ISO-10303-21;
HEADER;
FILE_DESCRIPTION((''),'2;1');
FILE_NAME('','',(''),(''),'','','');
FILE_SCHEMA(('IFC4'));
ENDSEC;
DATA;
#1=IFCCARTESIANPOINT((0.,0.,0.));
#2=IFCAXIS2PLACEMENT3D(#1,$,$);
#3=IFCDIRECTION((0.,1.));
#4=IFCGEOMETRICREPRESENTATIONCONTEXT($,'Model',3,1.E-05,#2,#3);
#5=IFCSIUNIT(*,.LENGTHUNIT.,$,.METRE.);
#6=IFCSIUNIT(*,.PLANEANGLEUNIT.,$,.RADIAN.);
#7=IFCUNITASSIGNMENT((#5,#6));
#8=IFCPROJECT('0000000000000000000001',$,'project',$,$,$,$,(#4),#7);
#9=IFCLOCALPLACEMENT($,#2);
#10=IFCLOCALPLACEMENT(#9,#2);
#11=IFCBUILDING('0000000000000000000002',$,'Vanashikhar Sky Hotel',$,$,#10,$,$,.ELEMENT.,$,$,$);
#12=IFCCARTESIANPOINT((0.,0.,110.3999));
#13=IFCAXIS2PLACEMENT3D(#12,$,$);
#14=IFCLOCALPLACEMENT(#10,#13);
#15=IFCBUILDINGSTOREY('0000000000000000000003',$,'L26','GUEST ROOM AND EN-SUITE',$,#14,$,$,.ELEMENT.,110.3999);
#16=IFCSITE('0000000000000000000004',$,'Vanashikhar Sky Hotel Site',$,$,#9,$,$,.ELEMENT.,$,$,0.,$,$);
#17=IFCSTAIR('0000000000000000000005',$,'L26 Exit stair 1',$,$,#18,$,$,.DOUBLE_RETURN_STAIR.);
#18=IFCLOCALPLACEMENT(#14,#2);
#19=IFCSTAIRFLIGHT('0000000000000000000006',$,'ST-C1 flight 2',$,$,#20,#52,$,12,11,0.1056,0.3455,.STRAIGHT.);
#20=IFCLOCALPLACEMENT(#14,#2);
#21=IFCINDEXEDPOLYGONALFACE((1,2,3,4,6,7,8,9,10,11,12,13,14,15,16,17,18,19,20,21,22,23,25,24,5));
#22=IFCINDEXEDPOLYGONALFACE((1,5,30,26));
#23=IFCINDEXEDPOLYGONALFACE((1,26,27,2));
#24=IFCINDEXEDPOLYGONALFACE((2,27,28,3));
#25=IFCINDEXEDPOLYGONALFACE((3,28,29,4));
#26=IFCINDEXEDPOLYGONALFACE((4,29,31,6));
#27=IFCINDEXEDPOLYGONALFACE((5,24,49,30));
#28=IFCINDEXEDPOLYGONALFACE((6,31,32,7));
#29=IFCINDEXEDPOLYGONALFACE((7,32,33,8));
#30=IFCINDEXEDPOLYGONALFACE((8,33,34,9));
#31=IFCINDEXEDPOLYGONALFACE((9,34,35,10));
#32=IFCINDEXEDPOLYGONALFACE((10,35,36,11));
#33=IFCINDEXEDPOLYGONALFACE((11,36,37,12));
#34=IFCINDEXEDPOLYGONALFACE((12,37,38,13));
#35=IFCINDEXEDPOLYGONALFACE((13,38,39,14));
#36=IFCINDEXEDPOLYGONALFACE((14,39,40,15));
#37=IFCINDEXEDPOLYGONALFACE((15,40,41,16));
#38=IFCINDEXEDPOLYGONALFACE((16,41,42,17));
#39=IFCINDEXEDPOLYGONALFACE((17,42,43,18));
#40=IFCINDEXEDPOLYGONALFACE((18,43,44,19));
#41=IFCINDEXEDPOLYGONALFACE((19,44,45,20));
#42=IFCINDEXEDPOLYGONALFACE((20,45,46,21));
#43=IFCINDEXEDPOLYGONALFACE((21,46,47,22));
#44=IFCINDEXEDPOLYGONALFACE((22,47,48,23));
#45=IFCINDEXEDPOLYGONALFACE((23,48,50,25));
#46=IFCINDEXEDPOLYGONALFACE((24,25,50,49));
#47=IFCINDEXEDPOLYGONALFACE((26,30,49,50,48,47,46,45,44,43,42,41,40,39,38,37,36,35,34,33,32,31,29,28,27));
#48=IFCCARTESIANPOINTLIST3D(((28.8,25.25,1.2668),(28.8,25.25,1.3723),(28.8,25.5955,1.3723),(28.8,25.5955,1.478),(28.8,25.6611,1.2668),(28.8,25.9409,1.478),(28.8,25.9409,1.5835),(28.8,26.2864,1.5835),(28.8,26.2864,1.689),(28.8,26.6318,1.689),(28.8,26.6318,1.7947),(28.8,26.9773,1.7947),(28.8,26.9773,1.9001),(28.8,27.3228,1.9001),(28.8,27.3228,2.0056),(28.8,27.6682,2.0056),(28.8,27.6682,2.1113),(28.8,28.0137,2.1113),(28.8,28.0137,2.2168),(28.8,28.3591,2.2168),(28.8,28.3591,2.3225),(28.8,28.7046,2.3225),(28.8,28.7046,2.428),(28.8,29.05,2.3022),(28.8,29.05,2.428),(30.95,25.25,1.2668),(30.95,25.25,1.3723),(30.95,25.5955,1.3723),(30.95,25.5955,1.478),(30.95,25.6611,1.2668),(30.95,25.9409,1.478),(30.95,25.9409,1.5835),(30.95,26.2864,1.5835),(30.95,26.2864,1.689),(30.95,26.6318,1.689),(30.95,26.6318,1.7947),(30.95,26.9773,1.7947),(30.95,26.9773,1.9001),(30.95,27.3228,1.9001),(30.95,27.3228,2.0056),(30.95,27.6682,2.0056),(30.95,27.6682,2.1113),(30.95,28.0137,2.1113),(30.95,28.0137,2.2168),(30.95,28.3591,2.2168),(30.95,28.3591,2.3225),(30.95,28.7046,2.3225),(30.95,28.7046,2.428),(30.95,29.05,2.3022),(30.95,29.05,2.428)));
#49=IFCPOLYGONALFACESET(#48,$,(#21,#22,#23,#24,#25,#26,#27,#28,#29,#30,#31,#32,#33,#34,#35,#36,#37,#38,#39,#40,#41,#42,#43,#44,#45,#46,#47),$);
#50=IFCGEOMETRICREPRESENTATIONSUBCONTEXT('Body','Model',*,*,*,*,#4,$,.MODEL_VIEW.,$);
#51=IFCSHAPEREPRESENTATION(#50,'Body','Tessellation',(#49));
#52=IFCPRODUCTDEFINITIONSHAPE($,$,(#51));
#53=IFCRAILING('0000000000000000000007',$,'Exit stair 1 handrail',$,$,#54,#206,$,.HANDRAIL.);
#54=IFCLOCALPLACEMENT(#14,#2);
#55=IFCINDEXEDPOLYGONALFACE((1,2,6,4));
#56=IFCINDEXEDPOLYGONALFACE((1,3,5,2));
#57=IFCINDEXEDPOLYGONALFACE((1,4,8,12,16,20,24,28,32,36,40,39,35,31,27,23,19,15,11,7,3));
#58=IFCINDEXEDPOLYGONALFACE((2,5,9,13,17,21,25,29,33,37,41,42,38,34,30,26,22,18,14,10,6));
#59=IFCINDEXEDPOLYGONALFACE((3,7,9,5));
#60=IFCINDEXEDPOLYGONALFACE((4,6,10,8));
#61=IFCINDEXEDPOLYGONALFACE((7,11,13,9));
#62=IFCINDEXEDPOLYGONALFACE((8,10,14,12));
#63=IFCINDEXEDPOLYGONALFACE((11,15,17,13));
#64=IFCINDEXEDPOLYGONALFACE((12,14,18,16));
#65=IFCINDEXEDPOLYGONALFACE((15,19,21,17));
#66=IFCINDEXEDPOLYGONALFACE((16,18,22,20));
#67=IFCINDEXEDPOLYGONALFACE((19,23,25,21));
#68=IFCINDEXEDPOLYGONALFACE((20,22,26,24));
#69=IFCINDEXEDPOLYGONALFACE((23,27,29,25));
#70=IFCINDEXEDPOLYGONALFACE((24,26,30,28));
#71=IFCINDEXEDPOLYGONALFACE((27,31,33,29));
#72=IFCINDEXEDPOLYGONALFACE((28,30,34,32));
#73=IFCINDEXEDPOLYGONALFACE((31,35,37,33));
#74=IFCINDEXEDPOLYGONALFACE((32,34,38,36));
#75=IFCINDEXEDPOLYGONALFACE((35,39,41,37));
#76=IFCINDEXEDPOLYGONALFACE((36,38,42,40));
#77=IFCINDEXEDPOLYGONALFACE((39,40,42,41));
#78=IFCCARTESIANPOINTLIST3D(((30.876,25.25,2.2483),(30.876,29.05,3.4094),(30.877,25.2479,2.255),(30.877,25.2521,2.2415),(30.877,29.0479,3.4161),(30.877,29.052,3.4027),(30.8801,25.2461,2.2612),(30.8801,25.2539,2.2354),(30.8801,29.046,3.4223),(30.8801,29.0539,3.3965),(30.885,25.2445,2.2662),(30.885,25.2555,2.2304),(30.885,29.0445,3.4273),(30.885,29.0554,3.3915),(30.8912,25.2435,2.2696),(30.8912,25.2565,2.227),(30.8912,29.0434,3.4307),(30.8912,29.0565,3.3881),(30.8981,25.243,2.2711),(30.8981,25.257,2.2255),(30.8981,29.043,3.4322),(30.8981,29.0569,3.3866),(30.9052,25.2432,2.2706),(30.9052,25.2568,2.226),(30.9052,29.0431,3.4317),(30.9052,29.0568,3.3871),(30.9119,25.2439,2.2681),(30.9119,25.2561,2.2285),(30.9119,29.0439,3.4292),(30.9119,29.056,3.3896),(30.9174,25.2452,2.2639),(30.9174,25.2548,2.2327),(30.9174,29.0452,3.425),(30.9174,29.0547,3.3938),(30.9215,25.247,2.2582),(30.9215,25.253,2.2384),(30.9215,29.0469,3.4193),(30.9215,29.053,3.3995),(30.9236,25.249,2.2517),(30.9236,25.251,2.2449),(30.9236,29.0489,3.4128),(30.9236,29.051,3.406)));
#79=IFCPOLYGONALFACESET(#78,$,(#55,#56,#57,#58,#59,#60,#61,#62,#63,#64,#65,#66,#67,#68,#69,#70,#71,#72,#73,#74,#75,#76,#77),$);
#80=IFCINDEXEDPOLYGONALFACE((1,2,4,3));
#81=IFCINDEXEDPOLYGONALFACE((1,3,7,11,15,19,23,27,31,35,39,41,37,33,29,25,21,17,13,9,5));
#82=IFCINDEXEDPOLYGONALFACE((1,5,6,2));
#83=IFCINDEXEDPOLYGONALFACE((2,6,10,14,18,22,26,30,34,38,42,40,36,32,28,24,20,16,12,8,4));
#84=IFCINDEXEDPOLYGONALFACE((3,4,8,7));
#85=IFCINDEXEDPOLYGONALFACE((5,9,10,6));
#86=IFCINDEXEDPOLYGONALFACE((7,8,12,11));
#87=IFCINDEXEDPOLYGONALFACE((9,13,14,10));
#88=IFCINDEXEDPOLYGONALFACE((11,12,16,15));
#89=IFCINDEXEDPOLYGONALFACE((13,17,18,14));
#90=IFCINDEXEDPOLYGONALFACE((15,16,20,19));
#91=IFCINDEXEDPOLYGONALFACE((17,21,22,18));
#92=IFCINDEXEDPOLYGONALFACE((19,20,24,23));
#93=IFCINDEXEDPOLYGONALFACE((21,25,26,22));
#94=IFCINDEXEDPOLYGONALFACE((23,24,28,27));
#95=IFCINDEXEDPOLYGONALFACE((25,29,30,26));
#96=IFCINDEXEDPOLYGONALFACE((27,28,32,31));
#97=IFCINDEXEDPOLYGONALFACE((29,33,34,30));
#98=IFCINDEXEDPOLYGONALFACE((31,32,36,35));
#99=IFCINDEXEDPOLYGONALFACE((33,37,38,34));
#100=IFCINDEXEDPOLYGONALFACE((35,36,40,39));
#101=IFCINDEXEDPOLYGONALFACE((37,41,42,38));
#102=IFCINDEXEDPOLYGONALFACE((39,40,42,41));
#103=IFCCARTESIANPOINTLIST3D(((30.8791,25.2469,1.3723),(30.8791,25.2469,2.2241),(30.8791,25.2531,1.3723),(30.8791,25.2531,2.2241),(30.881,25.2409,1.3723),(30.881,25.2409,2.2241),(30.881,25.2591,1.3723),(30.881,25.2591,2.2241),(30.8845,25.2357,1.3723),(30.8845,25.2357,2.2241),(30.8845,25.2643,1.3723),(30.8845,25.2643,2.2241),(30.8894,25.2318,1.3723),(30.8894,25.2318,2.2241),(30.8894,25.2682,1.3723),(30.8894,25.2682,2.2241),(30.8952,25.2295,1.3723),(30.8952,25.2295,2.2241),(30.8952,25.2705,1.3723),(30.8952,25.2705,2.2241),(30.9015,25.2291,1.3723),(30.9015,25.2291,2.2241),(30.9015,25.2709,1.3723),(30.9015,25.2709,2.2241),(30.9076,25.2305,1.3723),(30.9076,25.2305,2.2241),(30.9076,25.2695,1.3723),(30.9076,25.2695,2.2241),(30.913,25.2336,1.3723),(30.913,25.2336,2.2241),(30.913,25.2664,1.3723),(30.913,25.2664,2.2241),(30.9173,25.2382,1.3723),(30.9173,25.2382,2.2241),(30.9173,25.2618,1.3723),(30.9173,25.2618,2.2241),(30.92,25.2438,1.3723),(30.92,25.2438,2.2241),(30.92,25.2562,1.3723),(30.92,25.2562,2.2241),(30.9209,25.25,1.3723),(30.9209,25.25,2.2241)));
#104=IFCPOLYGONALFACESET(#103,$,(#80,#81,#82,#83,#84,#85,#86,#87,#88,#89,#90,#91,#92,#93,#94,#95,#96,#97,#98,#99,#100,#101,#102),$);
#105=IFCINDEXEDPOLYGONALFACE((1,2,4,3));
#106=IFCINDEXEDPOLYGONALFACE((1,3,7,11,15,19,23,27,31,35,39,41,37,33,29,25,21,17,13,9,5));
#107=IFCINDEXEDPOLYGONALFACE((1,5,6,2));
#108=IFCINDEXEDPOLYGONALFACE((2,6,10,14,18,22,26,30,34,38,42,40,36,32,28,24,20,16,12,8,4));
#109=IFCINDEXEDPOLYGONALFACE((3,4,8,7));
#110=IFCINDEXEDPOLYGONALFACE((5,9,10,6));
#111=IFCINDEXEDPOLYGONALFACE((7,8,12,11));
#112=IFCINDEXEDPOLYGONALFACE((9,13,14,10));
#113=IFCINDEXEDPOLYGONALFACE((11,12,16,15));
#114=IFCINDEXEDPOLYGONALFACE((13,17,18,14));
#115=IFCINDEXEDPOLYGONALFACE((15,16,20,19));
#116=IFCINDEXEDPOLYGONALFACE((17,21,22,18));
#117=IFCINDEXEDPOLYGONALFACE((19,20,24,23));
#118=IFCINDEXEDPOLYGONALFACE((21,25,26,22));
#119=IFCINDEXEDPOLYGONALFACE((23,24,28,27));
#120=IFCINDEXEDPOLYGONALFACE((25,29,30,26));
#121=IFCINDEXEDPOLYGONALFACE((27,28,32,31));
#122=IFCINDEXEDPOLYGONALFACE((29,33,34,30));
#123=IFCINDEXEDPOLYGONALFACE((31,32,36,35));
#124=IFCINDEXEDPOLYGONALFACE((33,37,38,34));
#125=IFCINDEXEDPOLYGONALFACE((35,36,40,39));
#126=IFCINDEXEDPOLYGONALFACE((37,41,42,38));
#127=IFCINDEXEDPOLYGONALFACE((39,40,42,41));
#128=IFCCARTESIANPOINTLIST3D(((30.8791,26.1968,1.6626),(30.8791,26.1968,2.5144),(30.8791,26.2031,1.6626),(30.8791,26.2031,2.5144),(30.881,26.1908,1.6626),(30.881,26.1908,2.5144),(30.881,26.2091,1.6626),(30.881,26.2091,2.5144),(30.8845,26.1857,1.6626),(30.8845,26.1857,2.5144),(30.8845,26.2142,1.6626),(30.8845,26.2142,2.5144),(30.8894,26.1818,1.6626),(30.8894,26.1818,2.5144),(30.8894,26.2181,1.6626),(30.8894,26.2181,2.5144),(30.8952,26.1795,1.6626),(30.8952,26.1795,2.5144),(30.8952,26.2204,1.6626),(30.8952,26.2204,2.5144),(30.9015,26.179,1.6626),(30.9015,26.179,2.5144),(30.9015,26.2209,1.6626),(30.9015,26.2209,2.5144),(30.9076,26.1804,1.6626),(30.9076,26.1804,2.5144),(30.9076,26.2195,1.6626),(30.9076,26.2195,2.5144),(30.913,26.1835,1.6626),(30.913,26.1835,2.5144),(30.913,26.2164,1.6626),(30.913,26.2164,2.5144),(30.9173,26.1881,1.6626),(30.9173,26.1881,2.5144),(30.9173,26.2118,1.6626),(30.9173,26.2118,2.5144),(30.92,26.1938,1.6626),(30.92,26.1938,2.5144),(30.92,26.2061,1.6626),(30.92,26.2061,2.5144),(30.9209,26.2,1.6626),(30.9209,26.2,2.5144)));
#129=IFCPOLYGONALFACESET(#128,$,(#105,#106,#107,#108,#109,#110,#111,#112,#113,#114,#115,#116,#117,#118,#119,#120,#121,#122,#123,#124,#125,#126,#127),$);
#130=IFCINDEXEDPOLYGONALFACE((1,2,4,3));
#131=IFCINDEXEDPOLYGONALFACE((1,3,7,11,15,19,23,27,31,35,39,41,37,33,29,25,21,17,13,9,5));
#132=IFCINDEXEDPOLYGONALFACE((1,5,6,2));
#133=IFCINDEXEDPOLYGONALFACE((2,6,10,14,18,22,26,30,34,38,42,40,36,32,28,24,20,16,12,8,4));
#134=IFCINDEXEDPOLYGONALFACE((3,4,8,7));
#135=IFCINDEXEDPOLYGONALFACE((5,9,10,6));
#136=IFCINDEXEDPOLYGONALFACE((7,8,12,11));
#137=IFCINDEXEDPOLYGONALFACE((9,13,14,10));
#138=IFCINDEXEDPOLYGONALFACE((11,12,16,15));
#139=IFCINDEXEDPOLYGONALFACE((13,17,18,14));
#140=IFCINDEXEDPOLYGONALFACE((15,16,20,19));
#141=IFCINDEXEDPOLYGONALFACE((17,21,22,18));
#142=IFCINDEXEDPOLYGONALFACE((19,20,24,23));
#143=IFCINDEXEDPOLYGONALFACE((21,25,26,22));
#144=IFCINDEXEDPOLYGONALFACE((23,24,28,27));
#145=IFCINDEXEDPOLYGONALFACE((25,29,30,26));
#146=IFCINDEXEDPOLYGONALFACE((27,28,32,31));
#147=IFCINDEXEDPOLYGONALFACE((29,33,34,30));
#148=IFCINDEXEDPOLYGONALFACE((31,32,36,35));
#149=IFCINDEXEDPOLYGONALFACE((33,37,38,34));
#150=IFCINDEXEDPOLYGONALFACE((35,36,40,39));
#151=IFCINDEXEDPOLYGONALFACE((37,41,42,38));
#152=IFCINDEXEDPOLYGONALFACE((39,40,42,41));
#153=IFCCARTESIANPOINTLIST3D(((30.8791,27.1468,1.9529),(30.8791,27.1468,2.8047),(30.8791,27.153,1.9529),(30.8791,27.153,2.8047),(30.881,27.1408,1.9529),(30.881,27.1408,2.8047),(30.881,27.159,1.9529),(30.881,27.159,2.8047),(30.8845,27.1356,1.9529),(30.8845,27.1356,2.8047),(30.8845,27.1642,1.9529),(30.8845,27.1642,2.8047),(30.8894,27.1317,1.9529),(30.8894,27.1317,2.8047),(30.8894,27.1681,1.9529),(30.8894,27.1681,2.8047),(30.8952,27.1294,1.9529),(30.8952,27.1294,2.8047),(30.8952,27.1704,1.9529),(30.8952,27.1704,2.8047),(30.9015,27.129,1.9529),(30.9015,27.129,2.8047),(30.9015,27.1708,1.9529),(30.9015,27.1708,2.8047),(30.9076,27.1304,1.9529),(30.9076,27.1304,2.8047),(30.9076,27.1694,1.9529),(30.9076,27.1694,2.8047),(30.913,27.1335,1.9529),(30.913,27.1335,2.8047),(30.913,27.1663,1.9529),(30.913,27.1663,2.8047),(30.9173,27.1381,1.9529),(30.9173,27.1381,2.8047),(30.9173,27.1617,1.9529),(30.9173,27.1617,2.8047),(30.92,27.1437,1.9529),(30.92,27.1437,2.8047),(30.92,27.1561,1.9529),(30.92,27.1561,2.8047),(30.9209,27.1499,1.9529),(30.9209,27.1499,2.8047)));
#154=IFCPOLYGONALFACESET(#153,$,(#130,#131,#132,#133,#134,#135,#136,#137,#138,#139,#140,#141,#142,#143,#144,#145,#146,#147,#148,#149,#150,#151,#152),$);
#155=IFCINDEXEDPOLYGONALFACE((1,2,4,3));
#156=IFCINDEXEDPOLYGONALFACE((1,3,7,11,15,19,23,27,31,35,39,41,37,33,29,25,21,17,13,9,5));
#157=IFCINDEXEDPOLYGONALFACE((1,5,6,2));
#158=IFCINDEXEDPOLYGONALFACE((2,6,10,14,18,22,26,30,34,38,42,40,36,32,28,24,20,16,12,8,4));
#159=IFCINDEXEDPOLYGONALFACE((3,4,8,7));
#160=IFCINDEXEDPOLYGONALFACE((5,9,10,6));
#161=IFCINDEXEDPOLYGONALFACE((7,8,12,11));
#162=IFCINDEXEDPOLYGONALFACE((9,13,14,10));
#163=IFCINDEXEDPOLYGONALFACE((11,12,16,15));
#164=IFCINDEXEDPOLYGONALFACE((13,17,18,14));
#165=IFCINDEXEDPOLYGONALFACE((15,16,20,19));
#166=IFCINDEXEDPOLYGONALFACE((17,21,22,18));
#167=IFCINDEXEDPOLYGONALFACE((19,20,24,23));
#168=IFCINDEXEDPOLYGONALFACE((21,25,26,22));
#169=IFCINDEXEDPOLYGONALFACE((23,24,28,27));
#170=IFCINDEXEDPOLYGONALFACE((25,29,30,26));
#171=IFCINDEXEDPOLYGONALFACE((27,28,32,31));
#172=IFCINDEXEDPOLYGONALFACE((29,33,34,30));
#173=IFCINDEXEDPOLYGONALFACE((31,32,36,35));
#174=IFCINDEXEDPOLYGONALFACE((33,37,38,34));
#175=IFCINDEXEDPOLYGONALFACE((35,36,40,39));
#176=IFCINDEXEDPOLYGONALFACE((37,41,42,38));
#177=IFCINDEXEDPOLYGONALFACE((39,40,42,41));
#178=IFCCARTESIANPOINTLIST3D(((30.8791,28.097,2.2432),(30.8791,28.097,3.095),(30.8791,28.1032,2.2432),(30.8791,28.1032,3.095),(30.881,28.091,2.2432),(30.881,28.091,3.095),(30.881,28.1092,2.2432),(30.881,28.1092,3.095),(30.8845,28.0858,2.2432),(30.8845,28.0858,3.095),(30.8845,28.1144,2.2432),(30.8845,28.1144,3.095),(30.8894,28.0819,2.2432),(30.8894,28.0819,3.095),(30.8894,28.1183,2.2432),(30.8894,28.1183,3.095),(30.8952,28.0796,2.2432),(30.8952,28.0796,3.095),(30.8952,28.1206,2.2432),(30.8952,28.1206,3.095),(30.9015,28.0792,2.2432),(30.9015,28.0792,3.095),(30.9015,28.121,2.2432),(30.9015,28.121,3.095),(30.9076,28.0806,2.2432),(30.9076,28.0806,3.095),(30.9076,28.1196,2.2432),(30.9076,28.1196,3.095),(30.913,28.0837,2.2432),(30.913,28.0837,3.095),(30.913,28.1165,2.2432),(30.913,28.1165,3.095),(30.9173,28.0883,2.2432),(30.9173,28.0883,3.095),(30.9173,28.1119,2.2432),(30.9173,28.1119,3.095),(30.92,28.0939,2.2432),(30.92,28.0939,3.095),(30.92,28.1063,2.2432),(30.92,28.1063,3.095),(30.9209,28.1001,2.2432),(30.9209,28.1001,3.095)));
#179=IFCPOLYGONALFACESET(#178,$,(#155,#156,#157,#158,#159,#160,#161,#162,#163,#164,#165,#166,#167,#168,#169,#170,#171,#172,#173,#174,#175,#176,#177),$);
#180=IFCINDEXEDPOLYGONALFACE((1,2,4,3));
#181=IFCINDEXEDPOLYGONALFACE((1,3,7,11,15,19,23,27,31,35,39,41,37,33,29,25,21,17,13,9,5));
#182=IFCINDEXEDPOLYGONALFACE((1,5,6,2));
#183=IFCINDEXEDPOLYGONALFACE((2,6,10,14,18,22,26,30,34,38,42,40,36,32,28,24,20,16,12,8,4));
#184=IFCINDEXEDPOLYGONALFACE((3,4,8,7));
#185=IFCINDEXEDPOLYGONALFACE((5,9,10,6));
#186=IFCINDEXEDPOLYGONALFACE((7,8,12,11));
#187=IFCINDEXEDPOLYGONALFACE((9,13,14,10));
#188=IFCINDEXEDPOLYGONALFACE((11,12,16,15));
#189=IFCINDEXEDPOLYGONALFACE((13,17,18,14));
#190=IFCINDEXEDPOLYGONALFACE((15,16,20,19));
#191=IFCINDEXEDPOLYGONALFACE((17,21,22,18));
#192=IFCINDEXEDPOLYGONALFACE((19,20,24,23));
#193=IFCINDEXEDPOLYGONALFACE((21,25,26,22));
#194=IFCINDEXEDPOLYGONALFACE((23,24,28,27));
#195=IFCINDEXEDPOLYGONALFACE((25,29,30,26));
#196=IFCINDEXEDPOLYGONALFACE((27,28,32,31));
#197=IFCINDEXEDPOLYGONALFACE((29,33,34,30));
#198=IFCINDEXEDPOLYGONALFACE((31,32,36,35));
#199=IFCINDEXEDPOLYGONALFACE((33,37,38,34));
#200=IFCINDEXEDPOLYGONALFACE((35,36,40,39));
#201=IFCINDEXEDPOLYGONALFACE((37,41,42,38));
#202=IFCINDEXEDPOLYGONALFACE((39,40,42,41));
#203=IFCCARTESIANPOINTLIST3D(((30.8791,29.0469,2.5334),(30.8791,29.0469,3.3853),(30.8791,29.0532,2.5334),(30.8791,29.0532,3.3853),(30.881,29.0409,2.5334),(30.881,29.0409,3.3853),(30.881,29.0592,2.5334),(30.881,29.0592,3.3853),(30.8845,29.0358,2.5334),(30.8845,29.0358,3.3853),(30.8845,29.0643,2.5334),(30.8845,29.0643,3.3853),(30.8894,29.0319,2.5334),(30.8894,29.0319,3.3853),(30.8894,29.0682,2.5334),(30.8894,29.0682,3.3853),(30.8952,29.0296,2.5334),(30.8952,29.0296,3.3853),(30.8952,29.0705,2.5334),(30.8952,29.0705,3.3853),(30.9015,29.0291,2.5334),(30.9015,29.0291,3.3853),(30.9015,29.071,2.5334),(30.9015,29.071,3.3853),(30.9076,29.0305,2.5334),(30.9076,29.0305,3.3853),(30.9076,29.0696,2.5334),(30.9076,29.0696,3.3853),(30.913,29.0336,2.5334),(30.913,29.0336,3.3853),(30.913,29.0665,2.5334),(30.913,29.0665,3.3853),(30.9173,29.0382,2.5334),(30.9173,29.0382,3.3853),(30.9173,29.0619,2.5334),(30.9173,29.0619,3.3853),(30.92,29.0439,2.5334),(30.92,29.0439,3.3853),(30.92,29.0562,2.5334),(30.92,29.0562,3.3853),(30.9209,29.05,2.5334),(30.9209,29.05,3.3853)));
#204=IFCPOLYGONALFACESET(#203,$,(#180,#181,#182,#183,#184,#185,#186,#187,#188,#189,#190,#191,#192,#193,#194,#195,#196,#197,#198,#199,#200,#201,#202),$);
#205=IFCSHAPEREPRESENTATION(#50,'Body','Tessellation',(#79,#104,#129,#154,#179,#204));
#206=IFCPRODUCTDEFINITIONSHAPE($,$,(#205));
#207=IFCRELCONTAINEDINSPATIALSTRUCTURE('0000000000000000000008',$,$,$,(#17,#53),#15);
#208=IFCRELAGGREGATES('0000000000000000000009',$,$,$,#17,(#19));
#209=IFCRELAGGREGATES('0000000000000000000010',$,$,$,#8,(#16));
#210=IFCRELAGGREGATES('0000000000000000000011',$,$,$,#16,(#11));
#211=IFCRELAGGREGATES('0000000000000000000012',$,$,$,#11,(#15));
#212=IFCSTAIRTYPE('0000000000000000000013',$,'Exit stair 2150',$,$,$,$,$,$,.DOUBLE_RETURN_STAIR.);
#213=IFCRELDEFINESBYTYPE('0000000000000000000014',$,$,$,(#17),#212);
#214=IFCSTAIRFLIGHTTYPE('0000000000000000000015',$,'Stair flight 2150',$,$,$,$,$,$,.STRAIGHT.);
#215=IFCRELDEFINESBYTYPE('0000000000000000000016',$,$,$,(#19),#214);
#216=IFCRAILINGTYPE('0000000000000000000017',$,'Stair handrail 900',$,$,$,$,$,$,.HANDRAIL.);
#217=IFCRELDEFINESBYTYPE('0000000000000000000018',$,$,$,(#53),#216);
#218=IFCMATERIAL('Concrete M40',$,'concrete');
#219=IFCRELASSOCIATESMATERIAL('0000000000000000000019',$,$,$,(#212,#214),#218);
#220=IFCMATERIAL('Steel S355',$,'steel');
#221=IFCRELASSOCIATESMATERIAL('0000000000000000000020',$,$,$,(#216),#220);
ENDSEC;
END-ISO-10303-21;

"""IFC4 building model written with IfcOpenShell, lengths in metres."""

from ifc_helpers import new_model, si_unit, direction, frame, origin, origin_2d, place, context, subcontext, project, spatial, polyline, circle, outline, extrude, source, transform, mapped, material, type_object, element, aggregate, save


model = new_model("IFC4")

# Units and contexts
model_context = context("Model", 3, precision=1e-05, world=origin(), true_north=direction((0.0, 1.0)))
body_context = subcontext(model_context, "Body", "Model", "MODEL_VIEW")
ifc_project = project(units=[si_unit("LENGTHUNIT", "METRE"), si_unit("PLANEANGLEUNIT", "RADIAN")], contexts=[model_context])

# Site, building, storey
site_placement = place(None, origin())
site = spatial("IfcSite", under=ifc_project, at=site_placement, Name="Vanashikhar Sky Hotel Site", CompositionType="ELEMENT", RefElevation=0.0)
building_placement = place(site_placement, origin())
building = spatial("IfcBuilding", under=site, at=building_placement, Name="Vanashikhar Sky Hotel", CompositionType="ELEMENT")
storey_placement = place(building_placement, frame((0.0, 0.0, 110.3999)))
storey = spatial("IfcBuildingStorey", under=building, at=storey_placement, Name="L26", Description="GUEST ROOM AND EN-SUITE", CompositionType="ELEMENT", Elevation=110.3999)

# Stair, stair flight
ifc_material_1 = material(Name="Concrete M40", Category="concrete")
stair_type = type_object("IfcStairType", Name="Exit stair 2150", PredefinedType="DOUBLE_RETURN_STAIR", material=ifc_material_1)
stair_placement = place(storey_placement, origin())
stair = element("IfcStair", 1, at=stair_placement, inside=storey, type_object=stair_type, Name="L26 Exit stair 1", PredefinedType="DOUBLE_RETURN_STAIR")
stair_flight_type = type_object("IfcStairFlightType", Name="Stair flight 2150", PredefinedType="STRAIGHT", material=ifc_material_1)
shared_shape_1 = source(origin(), body_context, "Body", "SweptSolid", [
    extrude(outline(polyline([(0.0, 0.0), (0.0, 0.1055), (0.3455, 0.1055), (0.3455, 0.2112), (0.6909, 0.2112), (0.6909, 0.3167), (1.0364, 0.3167), (1.0364, 0.4221), (1.3818, 0.4221), (1.3818, 0.5278), (1.7273, 0.5278), (1.7273, 0.6333), (2.0728, 0.6333), (2.0728, 0.7388), (2.4182, 0.7388), (2.4182, 0.8445), (2.7637, 0.8445), (2.7637, 0.95), (3.1091, 0.95), (3.1091, 1.0557), (3.4546, 1.0557), (3.4546, 1.1611), (3.8, 1.1611), (3.8, 1.2666), (3.8, 1.0354), (0.4111, 0.0), (0.0, 0.0)])), frame((0.0, 1.075, 0.0), z_axis=(0.0, -1.0, 0.0), x_axis=(1.0, 0.0, 0.0)), (0.0, 0.0, 1.0), 2.1499),
])
stair_flight_placement = place(storey_placement, frame((29.875, 25.25, 1.2668), z_axis=(0.0, 0.0, 1.0), x_axis=(0.0, 1.0, 0.0)))
stair_flight = element("IfcStairFlight", 2, at=stair_flight_placement, type_object=stair_flight_type, Name="ST-C1 flight 2", NumberOfRisers=12, NumberOfTreads=11, PredefinedType="STRAIGHT", RiserHeight=0.1056, TreadLength=0.3455, context=body_context, shape_type="MappedRepresentation", body=[
    mapped(shared_shape_1, transform((0.0, 0.0, 0.0), scale=1.0)),
])
aggregate(stair, [stair_flight])

# Railing
ifc_material_2 = material(Name="Steel S355", Category="steel")
railing_type = type_object("IfcRailingType", Name="Stair handrail 900", PredefinedType="HANDRAIL", material=ifc_material_2)
shared_shape_2 = source(origin(), body_context, "Body", "SweptSolid", [
    extrude(circle(Radius=0.0239, at=origin_2d()), frame((0.0, 0.0, 0.876), z_axis=(0.0, 0.956351, 0.29222), x_axis=(-1.0, 0.0, 0.0)), (0.0, 0.0, 1.0), 3.9734),
    extrude(circle(Radius=0.021, at=origin_2d()), origin(), (0.0, 0.0, 1.0), 0.8518),
    extrude(circle(Radius=0.021, at=origin_2d()), frame((0.0, 0.95, 0.2903)), (0.0, 0.0, 1.0), 0.8518),
    extrude(circle(Radius=0.021, at=origin_2d()), frame((0.0, 1.8999, 0.5806)), (0.0, 0.0, 1.0), 0.8518),
    extrude(circle(Radius=0.021, at=origin_2d()), frame((0.0, 2.8501, 0.8708)), (0.0, 0.0, 1.0), 0.8518),
    extrude(circle(Radius=0.021, at=origin_2d()), frame((0.0, 3.8, 1.1611)), (0.0, 0.0, 1.0), 0.8518),
])
railing_placement = place(storey_placement, frame((30.8999, 25.25, 1.3723)))
element("IfcRailing", 3, at=railing_placement, inside=storey, type_object=railing_type, Name="Exit stair 1 handrail", PredefinedType="HANDRAIL", context=body_context, shape_type="MappedRepresentation", body=[
    mapped(shared_shape_2, transform((0.0, 0.0, 0.0), scale=1.0)),
])

save(model, "model.ifc")
